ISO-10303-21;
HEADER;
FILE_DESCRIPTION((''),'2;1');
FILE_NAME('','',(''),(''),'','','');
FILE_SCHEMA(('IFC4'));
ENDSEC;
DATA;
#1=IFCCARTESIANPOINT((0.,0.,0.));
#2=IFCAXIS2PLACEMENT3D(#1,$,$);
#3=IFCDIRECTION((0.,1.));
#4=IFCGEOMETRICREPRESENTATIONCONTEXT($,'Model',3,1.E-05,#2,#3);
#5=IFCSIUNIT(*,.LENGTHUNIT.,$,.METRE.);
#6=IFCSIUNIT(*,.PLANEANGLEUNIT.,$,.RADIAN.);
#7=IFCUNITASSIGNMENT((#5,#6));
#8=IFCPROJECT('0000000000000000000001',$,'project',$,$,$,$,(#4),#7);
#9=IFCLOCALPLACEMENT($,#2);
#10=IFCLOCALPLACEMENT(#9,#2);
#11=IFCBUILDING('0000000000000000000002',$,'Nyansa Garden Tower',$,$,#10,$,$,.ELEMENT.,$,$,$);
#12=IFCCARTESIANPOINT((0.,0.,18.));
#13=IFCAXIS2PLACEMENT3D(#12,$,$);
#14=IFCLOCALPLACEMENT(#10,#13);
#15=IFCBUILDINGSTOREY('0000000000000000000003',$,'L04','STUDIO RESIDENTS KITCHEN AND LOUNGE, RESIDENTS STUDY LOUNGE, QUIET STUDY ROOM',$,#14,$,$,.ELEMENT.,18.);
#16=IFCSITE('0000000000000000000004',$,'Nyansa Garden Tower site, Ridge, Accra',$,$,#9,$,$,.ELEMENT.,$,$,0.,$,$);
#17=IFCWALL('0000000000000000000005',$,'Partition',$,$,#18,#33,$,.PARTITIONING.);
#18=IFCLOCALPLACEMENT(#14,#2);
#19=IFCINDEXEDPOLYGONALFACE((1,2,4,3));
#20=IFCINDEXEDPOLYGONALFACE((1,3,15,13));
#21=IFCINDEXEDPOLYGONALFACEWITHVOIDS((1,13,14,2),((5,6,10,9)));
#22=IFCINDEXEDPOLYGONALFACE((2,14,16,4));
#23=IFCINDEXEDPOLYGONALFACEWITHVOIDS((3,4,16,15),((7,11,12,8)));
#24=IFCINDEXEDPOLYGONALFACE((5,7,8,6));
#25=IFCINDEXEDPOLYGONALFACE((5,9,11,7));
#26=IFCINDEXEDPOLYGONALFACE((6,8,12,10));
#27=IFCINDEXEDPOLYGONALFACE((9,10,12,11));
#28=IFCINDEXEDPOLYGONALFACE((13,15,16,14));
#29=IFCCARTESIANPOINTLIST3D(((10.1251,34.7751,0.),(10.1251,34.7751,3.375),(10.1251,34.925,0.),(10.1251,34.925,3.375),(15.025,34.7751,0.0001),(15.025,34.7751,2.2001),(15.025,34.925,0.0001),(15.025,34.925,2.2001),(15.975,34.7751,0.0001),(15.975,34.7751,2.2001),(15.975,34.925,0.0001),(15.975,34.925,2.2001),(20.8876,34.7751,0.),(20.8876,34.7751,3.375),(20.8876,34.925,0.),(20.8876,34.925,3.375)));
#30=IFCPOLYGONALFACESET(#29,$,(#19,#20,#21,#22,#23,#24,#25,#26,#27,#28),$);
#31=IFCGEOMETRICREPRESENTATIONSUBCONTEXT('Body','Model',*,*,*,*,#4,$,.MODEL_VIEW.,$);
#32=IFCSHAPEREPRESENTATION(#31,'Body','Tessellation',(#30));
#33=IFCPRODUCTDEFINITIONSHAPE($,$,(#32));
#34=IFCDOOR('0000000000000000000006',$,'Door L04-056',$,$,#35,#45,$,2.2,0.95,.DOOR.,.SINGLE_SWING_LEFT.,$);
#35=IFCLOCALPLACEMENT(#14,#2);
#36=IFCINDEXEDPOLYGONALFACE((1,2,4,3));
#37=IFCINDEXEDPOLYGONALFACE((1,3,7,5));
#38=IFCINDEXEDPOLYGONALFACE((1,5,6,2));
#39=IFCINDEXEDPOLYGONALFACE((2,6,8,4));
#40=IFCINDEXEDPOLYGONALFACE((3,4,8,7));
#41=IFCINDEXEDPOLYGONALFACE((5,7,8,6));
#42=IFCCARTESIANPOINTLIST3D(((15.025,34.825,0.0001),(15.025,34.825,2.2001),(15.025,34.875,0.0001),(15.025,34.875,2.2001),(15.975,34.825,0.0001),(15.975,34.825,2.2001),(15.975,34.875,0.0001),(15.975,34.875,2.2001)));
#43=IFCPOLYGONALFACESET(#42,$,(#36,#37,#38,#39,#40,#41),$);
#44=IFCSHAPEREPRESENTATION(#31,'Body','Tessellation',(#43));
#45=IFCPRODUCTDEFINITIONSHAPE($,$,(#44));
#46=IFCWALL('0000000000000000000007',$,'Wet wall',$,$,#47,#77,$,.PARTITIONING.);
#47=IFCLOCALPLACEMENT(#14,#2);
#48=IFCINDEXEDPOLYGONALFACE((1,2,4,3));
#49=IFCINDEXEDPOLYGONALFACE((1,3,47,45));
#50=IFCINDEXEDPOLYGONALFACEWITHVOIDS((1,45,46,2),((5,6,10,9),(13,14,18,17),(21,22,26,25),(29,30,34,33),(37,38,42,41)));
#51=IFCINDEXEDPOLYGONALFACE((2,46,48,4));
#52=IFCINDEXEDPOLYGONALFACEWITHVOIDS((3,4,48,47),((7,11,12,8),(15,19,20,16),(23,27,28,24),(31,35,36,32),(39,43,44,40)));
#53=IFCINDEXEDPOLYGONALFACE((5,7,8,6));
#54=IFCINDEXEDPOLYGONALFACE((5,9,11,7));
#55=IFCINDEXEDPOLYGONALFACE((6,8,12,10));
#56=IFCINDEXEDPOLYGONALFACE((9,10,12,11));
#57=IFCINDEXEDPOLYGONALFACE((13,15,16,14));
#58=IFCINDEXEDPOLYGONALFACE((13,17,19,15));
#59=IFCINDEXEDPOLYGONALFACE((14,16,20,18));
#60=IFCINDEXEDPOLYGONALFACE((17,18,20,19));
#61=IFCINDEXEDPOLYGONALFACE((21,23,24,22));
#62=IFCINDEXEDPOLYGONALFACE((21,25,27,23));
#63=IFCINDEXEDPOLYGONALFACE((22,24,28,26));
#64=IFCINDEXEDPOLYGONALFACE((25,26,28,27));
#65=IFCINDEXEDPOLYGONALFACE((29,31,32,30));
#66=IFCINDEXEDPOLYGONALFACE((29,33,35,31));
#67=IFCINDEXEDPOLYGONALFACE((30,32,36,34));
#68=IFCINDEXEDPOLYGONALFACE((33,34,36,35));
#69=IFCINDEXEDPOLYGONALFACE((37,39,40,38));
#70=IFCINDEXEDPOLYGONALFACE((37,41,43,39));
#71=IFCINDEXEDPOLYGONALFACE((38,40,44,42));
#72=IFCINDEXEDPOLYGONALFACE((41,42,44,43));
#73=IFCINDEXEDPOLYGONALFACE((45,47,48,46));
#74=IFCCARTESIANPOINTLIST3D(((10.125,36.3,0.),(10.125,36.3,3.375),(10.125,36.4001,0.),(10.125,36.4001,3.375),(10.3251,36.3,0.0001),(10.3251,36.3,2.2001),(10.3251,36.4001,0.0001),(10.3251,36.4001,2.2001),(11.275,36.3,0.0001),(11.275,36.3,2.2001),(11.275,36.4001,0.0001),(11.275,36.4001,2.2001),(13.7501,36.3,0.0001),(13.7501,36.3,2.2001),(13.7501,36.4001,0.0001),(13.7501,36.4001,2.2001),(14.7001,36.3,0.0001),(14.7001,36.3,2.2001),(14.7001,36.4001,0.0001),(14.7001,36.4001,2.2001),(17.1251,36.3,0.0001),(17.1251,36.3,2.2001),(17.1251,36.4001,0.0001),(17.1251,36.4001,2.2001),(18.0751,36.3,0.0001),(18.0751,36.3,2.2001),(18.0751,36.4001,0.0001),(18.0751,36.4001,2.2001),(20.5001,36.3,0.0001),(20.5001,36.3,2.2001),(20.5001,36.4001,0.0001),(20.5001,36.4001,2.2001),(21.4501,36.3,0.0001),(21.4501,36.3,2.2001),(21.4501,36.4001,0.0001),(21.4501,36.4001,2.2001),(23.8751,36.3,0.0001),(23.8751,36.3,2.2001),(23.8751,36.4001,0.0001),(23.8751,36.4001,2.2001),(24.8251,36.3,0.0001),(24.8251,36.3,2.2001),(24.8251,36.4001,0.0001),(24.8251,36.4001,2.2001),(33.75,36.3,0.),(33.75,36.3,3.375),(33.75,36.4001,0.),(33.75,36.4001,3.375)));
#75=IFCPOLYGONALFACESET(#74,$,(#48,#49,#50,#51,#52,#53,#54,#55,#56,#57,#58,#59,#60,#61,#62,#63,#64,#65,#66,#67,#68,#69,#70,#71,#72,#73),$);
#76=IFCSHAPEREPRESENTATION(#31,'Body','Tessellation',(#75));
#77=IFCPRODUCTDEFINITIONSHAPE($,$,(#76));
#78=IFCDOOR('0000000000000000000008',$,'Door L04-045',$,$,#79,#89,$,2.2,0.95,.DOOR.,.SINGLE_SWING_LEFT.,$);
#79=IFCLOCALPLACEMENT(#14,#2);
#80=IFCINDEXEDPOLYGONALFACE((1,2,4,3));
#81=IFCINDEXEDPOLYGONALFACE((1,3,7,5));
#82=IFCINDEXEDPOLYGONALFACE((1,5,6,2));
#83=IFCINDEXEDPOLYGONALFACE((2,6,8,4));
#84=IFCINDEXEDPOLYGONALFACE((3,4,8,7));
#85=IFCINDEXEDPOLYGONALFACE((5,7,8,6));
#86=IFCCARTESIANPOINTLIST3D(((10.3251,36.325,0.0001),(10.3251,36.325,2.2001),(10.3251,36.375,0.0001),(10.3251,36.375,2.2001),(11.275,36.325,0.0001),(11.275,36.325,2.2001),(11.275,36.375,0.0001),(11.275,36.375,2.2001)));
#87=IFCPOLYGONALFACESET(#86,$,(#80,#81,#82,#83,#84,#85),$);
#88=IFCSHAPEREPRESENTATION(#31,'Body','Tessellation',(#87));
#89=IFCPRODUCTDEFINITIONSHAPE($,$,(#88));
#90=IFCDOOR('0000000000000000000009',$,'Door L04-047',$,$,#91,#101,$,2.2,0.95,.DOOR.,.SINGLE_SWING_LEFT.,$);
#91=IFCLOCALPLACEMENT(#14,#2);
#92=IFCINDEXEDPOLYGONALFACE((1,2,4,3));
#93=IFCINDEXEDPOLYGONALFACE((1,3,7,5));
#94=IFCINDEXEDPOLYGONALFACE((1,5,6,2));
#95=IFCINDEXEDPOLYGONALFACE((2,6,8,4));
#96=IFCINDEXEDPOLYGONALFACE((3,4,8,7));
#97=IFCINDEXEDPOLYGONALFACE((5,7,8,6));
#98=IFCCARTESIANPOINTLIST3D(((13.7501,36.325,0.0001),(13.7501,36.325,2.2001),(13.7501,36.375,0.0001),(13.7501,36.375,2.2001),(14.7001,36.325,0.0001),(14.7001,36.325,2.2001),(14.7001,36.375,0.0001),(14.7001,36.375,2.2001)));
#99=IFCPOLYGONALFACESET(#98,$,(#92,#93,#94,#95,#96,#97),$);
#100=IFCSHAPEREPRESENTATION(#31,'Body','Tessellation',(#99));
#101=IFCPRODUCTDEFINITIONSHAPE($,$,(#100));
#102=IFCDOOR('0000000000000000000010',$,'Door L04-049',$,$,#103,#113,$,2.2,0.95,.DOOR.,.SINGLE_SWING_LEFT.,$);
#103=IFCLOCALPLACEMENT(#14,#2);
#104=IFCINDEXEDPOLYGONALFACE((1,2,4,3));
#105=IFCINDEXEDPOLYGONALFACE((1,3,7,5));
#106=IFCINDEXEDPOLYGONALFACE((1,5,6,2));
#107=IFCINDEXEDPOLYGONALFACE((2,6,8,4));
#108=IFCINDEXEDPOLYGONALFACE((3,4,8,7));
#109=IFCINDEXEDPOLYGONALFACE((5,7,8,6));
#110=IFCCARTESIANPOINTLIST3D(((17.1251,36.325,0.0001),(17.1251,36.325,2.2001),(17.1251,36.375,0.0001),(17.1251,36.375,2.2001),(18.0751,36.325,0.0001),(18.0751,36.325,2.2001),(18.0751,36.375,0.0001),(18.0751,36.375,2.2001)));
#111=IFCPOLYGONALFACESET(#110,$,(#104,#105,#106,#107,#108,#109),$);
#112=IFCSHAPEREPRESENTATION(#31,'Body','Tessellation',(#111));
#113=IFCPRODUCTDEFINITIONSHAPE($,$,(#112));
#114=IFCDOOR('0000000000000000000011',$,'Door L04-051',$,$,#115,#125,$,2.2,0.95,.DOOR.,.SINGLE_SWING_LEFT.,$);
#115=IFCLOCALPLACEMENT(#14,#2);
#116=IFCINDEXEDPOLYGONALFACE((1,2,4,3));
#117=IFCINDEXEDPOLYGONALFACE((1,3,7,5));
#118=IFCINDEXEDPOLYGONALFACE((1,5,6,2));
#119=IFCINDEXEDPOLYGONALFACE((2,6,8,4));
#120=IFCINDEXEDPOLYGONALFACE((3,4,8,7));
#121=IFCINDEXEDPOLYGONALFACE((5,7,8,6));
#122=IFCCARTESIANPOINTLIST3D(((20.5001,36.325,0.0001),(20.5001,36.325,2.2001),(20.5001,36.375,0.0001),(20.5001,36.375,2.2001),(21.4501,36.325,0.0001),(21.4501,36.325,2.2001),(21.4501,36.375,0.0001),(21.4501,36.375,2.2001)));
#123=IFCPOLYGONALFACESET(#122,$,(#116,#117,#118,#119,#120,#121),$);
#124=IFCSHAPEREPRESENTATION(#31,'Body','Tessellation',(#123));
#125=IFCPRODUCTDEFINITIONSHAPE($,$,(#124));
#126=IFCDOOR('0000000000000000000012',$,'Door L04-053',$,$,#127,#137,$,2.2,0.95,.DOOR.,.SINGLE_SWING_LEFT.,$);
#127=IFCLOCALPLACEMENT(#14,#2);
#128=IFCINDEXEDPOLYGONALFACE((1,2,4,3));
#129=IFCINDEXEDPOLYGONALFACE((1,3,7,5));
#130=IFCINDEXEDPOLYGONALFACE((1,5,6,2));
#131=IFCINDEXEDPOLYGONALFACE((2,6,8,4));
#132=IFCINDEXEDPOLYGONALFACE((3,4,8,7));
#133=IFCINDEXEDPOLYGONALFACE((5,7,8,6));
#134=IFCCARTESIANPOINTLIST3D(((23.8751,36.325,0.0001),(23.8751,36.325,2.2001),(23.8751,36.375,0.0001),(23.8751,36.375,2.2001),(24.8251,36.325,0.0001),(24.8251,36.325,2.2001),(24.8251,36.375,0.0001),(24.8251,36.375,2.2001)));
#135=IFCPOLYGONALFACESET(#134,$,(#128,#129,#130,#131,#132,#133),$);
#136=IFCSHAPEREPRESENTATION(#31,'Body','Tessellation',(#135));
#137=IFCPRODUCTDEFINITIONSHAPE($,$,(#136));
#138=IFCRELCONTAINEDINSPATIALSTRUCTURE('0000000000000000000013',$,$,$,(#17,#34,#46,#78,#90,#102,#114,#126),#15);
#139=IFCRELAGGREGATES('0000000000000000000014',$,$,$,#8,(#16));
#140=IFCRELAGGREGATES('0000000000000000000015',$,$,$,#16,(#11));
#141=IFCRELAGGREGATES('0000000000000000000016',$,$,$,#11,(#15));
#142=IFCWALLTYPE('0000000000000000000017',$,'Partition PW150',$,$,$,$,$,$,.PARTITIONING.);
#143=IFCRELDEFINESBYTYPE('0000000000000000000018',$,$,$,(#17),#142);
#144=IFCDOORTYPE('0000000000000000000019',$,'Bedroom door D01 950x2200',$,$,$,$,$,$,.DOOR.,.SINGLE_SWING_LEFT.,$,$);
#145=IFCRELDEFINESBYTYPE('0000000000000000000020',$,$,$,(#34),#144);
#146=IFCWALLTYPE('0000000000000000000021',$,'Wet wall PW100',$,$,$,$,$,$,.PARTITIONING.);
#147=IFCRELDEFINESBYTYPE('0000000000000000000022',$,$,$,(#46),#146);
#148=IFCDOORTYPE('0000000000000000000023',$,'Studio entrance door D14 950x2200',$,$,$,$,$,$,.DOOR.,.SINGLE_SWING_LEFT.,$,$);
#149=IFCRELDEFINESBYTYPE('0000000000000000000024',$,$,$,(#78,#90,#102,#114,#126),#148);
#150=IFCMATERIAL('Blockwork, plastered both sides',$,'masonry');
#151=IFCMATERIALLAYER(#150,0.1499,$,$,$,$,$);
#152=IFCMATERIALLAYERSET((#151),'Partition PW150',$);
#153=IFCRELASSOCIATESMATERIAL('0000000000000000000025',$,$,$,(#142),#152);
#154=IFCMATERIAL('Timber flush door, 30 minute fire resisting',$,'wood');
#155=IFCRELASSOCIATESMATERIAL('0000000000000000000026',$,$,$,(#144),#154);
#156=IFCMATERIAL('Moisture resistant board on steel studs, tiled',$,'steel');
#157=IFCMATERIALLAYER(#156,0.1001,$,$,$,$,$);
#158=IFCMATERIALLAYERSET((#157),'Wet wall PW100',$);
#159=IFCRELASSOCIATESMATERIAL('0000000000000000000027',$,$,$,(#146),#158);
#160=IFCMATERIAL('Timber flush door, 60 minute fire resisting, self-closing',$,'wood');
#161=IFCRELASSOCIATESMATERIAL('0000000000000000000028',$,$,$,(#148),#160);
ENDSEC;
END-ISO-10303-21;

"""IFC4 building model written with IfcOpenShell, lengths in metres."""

from ifc_helpers import new_model, si_unit, direction, frame, frame_2d, origin, place, context, subcontext, project, spatial, rectangle, extrude, material, layer, layer_set, type_object, element, fill, save


model = new_model("IFC4")

# Units and contexts
model_context = context("Model", 3, precision=1e-05, world=origin(), true_north=direction((0.0, 1.0)))
body_context = subcontext(model_context, "Body", "Model", "MODEL_VIEW")
ifc_project = project(units=[si_unit("LENGTHUNIT", "METRE"), si_unit("PLANEANGLEUNIT", "RADIAN")], contexts=[model_context])

# Site, building, storey
site_placement = place(None, origin())
site = spatial("IfcSite", under=ifc_project, at=site_placement, Name="Nyansa Garden Tower site, Ridge, Accra", CompositionType="ELEMENT", RefElevation=0.0)
building_placement = place(site_placement, origin())
building = spatial("IfcBuilding", under=site, at=building_placement, Name="Nyansa Garden Tower", CompositionType="ELEMENT")
storey_placement = place(building_placement, frame((0.0, 0.0, 18.0)))
storey = spatial("IfcBuildingStorey", under=building, at=storey_placement, Name="L04", Description="STUDIO RESIDENTS KITCHEN AND LOUNGE, RESIDENTS STUDY LOUNGE, QUIET STUDY ROOM", CompositionType="ELEMENT", Elevation=18.0)

# Wall, opening, door
ifc_material_1 = material(Name="Blockwork, plastered both sides", Category="masonry")
ifc_layer_1 = layer(ifc_material_1, 0.1499)
ifc_layer_set_1 = layer_set([ifc_layer_1], Name="Partition PW150")
wall_type_1 = type_object("IfcWallType", Name="Partition PW150", PredefinedType="PARTITIONING", material=ifc_layer_set_1)
wall_1_placement = place(storey_placement, frame((10.125, 34.8501, 0.0), z_axis=(0.0, 0.0, 1.0), x_axis=(1.0, 0.0, 0.0)))
wall_1 = element("IfcWall", 1, at=wall_1_placement, inside=storey, type_object=wall_type_1, Name="Partition", PredefinedType="PARTITIONING", context=body_context, shape_type="SweptSolid", body=[
    extrude(rectangle(XDim=10.7625, YDim=0.1499, at=frame_2d((5.3813, 0.0))), origin(), (0.0, 0.0, 1.0), 3.375),
])
opening_1_placement = place(wall_1_placement, frame((4.8999, 0.0, 0.0)))
opening_1 = element("IfcOpeningElement", 2, at=opening_1_placement, cuts=wall_1, PredefinedType="OPENING", context=body_context, shape_type="SweptSolid", body=[
    extrude(rectangle(XDim=0.95, YDim=2.2, at=frame_2d((0.4751, 1.1001))), frame((0.0, 0.085, 0.0), z_axis=(0.0, -1.0, 0.0), x_axis=(1.0, 0.0, 0.0)), (0.0, 0.0, 1.0), 0.1699),
])
ifc_material_2 = material(Name="Timber flush door, 30 minute fire resisting", Category="wood")
door_type_1 = type_object("IfcDoorType", Name="Bedroom door D01 950x2200", OperationType="SINGLE_SWING_LEFT", PredefinedType="DOOR", material=ifc_material_2)
door_1_placement = place(opening_1_placement, origin())
door_1 = element("IfcDoor", 3, at=door_1_placement, inside=storey, type_object=door_type_1, Name="Door L04-056", OperationType="SINGLE_SWING_LEFT", OverallHeight=2.2, OverallWidth=0.95, PredefinedType="DOOR", context=body_context, shape_type="SweptSolid", body=[
    extrude(rectangle(XDim=0.95, YDim=2.2, at=frame_2d((0.4751, 1.1001))), frame((0.0, 0.0249, 0.0), z_axis=(0.0, -1.0, 0.0), x_axis=(1.0, 0.0, 0.0)), (0.0, 0.0, 1.0), 0.05),
])
fill(opening_1, door_1)

# Wall, openings, doors
ifc_material_3 = material(Name="Moisture resistant board on steel studs, tiled", Category="steel")
ifc_layer_2 = layer(ifc_material_3, 0.1001)
ifc_layer_set_2 = layer_set([ifc_layer_2], Name="Wet wall PW100")
wall_type_2 = type_object("IfcWallType", Name="Wet wall PW100", PredefinedType="PARTITIONING", material=ifc_layer_set_2)
wall_2_placement = place(storey_placement, frame((10.125, 36.3501, 0.0), z_axis=(0.0, 0.0, 1.0), x_axis=(1.0, 0.0, 0.0)))
wall_2 = element("IfcWall", 4, at=wall_2_placement, inside=storey, type_object=wall_type_2, Name="Wet wall", PredefinedType="PARTITIONING", context=body_context, shape_type="SweptSolid", body=[
    extrude(rectangle(XDim=23.625, YDim=0.1001, at=frame_2d((11.8125, 0.0))), origin(), (0.0, 0.0, 1.0), 3.375),
])
opening_2_placement = place(wall_2_placement, frame((0.2, 0.0, 0.0)))
opening_2 = element("IfcOpeningElement", 5, at=opening_2_placement, cuts=wall_2, PredefinedType="OPENING", context=body_context, shape_type="SweptSolid", body=[
    extrude(rectangle(XDim=0.95, YDim=2.2, at=frame_2d((0.4751, 1.1001))), frame((0.0, 0.0601, 0.0), z_axis=(0.0, -1.0, 0.0), x_axis=(1.0, 0.0, 0.0)), (0.0, 0.0, 1.0), 0.1201),
])
opening_3_placement = place(wall_2_placement, frame((3.625, 0.0, 0.0)))
opening_3 = element("IfcOpeningElement", 6, at=opening_3_placement, cuts=wall_2, PredefinedType="OPENING", context=body_context, shape_type="SweptSolid", body=[
    extrude(rectangle(XDim=0.95, YDim=2.2, at=frame_2d((0.4751, 1.1001))), frame((0.0, 0.0601, 0.0), z_axis=(0.0, -1.0, 0.0), x_axis=(1.0, 0.0, 0.0)), (0.0, 0.0, 1.0), 0.1201),
])
opening_4_placement = place(wall_2_placement, frame((7.0, 0.0, 0.0)))
opening_4 = element("IfcOpeningElement", 7, at=opening_4_placement, cuts=wall_2, PredefinedType="OPENING", context=body_context, shape_type="SweptSolid", body=[
    extrude(rectangle(XDim=0.95, YDim=2.2, at=frame_2d((0.4751, 1.1001))), frame((0.0, 0.0601, 0.0), z_axis=(0.0, -1.0, 0.0), x_axis=(1.0, 0.0, 0.0)), (0.0, 0.0, 1.0), 0.1201),
])
opening_5_placement = place(wall_2_placement, frame((10.375, 0.0, 0.0)))
opening_5 = element("IfcOpeningElement", 8, at=opening_5_placement, cuts=wall_2, PredefinedType="OPENING", context=body_context, shape_type="SweptSolid", body=[
    extrude(rectangle(XDim=0.95, YDim=2.2, at=frame_2d((0.4751, 1.1001))), frame((0.0, 0.0601, 0.0), z_axis=(0.0, -1.0, 0.0), x_axis=(1.0, 0.0, 0.0)), (0.0, 0.0, 1.0), 0.1201),
])
opening_6_placement = place(wall_2_placement, frame((13.75, 0.0, 0.0)))
opening_6 = element("IfcOpeningElement", 9, at=opening_6_placement, cuts=wall_2, PredefinedType="OPENING", context=body_context, shape_type="SweptSolid", body=[
    extrude(rectangle(XDim=0.95, YDim=2.2, at=frame_2d((0.4751, 1.1001))), frame((0.0, 0.0601, 0.0), z_axis=(0.0, -1.0, 0.0), x_axis=(1.0, 0.0, 0.0)), (0.0, 0.0, 1.0), 0.1201),
])
ifc_material_4 = material(Name="Timber flush door, 60 minute fire resisting, self-closing", Category="wood")
door_type_2 = type_object("IfcDoorType", Name="Studio entrance door D14 950x2200", OperationType="SINGLE_SWING_LEFT", PredefinedType="DOOR", material=ifc_material_4)
door_2_placement = place(opening_2_placement, origin())
door_2 = element("IfcDoor", 10, at=door_2_placement, inside=storey, type_object=door_type_2, Name="Door L04-045", OperationType="SINGLE_SWING_LEFT", OverallHeight=2.2, OverallWidth=0.95, PredefinedType="DOOR", context=body_context, shape_type="SweptSolid", body=[
    extrude(rectangle(XDim=0.95, YDim=2.2, at=frame_2d((0.4751, 1.1001))), frame((0.0, 0.0249, 0.0), z_axis=(0.0, -1.0, 0.0), x_axis=(1.0, 0.0, 0.0)), (0.0, 0.0, 1.0), 0.05),
])
fill(opening_2, door_2)
door_3_placement = place(opening_3_placement, origin())
door_3 = element("IfcDoor", 11, at=door_3_placement, inside=storey, type_object=door_type_2, Name="Door L04-047", OperationType="SINGLE_SWING_LEFT", OverallHeight=2.2, OverallWidth=0.95, PredefinedType="DOOR", context=body_context, shape_type="SweptSolid", body=[
    extrude(rectangle(XDim=0.95, YDim=2.2, at=frame_2d((0.4751, 1.1001))), frame((0.0, 0.0249, 0.0), z_axis=(0.0, -1.0, 0.0), x_axis=(1.0, 0.0, 0.0)), (0.0, 0.0, 1.0), 0.05),
])
fill(opening_3, door_3)
door_4_placement = place(opening_4_placement, origin())
door_4 = element("IfcDoor", 12, at=door_4_placement, inside=storey, type_object=door_type_2, Name="Door L04-049", OperationType="SINGLE_SWING_LEFT", OverallHeight=2.2, OverallWidth=0.95, PredefinedType="DOOR", context=body_context, shape_type="SweptSolid", body=[
    extrude(rectangle(XDim=0.95, YDim=2.2, at=frame_2d((0.4751, 1.1001))), frame((0.0, 0.0249, 0.0), z_axis=(0.0, -1.0, 0.0), x_axis=(1.0, 0.0, 0.0)), (0.0, 0.0, 1.0), 0.05),
])
fill(opening_4, door_4)
door_5_placement = place(opening_5_placement, origin())
door_5 = element("IfcDoor", 13, at=door_5_placement, inside=storey, type_object=door_type_2, Name="Door L04-051", OperationType="SINGLE_SWING_LEFT", OverallHeight=2.2, OverallWidth=0.95, PredefinedType="DOOR", context=body_context, shape_type="SweptSolid", body=[
    extrude(rectangle(XDim=0.95, YDim=2.2, at=frame_2d((0.4751, 1.1001))), frame((0.0, 0.0249, 0.0), z_axis=(0.0, -1.0, 0.0), x_axis=(1.0, 0.0, 0.0)), (0.0, 0.0, 1.0), 0.05),
])
fill(opening_5, door_5)
door_6_placement = place(opening_6_placement, origin())
door_6 = element("IfcDoor", 14, at=door_6_placement, inside=storey, type_object=door_type_2, Name="Door L04-053", OperationType="SINGLE_SWING_LEFT", OverallHeight=2.2, OverallWidth=0.95, PredefinedType="DOOR", context=body_context, shape_type="SweptSolid", body=[
    extrude(rectangle(XDim=0.95, YDim=2.2, at=frame_2d((0.4751, 1.1001))), frame((0.0, 0.0249, 0.0), z_axis=(0.0, -1.0, 0.0), x_axis=(1.0, 0.0, 0.0)), (0.0, 0.0, 1.0), 0.05),
])
fill(opening_6, door_6)

save(model, "model.ifc")
